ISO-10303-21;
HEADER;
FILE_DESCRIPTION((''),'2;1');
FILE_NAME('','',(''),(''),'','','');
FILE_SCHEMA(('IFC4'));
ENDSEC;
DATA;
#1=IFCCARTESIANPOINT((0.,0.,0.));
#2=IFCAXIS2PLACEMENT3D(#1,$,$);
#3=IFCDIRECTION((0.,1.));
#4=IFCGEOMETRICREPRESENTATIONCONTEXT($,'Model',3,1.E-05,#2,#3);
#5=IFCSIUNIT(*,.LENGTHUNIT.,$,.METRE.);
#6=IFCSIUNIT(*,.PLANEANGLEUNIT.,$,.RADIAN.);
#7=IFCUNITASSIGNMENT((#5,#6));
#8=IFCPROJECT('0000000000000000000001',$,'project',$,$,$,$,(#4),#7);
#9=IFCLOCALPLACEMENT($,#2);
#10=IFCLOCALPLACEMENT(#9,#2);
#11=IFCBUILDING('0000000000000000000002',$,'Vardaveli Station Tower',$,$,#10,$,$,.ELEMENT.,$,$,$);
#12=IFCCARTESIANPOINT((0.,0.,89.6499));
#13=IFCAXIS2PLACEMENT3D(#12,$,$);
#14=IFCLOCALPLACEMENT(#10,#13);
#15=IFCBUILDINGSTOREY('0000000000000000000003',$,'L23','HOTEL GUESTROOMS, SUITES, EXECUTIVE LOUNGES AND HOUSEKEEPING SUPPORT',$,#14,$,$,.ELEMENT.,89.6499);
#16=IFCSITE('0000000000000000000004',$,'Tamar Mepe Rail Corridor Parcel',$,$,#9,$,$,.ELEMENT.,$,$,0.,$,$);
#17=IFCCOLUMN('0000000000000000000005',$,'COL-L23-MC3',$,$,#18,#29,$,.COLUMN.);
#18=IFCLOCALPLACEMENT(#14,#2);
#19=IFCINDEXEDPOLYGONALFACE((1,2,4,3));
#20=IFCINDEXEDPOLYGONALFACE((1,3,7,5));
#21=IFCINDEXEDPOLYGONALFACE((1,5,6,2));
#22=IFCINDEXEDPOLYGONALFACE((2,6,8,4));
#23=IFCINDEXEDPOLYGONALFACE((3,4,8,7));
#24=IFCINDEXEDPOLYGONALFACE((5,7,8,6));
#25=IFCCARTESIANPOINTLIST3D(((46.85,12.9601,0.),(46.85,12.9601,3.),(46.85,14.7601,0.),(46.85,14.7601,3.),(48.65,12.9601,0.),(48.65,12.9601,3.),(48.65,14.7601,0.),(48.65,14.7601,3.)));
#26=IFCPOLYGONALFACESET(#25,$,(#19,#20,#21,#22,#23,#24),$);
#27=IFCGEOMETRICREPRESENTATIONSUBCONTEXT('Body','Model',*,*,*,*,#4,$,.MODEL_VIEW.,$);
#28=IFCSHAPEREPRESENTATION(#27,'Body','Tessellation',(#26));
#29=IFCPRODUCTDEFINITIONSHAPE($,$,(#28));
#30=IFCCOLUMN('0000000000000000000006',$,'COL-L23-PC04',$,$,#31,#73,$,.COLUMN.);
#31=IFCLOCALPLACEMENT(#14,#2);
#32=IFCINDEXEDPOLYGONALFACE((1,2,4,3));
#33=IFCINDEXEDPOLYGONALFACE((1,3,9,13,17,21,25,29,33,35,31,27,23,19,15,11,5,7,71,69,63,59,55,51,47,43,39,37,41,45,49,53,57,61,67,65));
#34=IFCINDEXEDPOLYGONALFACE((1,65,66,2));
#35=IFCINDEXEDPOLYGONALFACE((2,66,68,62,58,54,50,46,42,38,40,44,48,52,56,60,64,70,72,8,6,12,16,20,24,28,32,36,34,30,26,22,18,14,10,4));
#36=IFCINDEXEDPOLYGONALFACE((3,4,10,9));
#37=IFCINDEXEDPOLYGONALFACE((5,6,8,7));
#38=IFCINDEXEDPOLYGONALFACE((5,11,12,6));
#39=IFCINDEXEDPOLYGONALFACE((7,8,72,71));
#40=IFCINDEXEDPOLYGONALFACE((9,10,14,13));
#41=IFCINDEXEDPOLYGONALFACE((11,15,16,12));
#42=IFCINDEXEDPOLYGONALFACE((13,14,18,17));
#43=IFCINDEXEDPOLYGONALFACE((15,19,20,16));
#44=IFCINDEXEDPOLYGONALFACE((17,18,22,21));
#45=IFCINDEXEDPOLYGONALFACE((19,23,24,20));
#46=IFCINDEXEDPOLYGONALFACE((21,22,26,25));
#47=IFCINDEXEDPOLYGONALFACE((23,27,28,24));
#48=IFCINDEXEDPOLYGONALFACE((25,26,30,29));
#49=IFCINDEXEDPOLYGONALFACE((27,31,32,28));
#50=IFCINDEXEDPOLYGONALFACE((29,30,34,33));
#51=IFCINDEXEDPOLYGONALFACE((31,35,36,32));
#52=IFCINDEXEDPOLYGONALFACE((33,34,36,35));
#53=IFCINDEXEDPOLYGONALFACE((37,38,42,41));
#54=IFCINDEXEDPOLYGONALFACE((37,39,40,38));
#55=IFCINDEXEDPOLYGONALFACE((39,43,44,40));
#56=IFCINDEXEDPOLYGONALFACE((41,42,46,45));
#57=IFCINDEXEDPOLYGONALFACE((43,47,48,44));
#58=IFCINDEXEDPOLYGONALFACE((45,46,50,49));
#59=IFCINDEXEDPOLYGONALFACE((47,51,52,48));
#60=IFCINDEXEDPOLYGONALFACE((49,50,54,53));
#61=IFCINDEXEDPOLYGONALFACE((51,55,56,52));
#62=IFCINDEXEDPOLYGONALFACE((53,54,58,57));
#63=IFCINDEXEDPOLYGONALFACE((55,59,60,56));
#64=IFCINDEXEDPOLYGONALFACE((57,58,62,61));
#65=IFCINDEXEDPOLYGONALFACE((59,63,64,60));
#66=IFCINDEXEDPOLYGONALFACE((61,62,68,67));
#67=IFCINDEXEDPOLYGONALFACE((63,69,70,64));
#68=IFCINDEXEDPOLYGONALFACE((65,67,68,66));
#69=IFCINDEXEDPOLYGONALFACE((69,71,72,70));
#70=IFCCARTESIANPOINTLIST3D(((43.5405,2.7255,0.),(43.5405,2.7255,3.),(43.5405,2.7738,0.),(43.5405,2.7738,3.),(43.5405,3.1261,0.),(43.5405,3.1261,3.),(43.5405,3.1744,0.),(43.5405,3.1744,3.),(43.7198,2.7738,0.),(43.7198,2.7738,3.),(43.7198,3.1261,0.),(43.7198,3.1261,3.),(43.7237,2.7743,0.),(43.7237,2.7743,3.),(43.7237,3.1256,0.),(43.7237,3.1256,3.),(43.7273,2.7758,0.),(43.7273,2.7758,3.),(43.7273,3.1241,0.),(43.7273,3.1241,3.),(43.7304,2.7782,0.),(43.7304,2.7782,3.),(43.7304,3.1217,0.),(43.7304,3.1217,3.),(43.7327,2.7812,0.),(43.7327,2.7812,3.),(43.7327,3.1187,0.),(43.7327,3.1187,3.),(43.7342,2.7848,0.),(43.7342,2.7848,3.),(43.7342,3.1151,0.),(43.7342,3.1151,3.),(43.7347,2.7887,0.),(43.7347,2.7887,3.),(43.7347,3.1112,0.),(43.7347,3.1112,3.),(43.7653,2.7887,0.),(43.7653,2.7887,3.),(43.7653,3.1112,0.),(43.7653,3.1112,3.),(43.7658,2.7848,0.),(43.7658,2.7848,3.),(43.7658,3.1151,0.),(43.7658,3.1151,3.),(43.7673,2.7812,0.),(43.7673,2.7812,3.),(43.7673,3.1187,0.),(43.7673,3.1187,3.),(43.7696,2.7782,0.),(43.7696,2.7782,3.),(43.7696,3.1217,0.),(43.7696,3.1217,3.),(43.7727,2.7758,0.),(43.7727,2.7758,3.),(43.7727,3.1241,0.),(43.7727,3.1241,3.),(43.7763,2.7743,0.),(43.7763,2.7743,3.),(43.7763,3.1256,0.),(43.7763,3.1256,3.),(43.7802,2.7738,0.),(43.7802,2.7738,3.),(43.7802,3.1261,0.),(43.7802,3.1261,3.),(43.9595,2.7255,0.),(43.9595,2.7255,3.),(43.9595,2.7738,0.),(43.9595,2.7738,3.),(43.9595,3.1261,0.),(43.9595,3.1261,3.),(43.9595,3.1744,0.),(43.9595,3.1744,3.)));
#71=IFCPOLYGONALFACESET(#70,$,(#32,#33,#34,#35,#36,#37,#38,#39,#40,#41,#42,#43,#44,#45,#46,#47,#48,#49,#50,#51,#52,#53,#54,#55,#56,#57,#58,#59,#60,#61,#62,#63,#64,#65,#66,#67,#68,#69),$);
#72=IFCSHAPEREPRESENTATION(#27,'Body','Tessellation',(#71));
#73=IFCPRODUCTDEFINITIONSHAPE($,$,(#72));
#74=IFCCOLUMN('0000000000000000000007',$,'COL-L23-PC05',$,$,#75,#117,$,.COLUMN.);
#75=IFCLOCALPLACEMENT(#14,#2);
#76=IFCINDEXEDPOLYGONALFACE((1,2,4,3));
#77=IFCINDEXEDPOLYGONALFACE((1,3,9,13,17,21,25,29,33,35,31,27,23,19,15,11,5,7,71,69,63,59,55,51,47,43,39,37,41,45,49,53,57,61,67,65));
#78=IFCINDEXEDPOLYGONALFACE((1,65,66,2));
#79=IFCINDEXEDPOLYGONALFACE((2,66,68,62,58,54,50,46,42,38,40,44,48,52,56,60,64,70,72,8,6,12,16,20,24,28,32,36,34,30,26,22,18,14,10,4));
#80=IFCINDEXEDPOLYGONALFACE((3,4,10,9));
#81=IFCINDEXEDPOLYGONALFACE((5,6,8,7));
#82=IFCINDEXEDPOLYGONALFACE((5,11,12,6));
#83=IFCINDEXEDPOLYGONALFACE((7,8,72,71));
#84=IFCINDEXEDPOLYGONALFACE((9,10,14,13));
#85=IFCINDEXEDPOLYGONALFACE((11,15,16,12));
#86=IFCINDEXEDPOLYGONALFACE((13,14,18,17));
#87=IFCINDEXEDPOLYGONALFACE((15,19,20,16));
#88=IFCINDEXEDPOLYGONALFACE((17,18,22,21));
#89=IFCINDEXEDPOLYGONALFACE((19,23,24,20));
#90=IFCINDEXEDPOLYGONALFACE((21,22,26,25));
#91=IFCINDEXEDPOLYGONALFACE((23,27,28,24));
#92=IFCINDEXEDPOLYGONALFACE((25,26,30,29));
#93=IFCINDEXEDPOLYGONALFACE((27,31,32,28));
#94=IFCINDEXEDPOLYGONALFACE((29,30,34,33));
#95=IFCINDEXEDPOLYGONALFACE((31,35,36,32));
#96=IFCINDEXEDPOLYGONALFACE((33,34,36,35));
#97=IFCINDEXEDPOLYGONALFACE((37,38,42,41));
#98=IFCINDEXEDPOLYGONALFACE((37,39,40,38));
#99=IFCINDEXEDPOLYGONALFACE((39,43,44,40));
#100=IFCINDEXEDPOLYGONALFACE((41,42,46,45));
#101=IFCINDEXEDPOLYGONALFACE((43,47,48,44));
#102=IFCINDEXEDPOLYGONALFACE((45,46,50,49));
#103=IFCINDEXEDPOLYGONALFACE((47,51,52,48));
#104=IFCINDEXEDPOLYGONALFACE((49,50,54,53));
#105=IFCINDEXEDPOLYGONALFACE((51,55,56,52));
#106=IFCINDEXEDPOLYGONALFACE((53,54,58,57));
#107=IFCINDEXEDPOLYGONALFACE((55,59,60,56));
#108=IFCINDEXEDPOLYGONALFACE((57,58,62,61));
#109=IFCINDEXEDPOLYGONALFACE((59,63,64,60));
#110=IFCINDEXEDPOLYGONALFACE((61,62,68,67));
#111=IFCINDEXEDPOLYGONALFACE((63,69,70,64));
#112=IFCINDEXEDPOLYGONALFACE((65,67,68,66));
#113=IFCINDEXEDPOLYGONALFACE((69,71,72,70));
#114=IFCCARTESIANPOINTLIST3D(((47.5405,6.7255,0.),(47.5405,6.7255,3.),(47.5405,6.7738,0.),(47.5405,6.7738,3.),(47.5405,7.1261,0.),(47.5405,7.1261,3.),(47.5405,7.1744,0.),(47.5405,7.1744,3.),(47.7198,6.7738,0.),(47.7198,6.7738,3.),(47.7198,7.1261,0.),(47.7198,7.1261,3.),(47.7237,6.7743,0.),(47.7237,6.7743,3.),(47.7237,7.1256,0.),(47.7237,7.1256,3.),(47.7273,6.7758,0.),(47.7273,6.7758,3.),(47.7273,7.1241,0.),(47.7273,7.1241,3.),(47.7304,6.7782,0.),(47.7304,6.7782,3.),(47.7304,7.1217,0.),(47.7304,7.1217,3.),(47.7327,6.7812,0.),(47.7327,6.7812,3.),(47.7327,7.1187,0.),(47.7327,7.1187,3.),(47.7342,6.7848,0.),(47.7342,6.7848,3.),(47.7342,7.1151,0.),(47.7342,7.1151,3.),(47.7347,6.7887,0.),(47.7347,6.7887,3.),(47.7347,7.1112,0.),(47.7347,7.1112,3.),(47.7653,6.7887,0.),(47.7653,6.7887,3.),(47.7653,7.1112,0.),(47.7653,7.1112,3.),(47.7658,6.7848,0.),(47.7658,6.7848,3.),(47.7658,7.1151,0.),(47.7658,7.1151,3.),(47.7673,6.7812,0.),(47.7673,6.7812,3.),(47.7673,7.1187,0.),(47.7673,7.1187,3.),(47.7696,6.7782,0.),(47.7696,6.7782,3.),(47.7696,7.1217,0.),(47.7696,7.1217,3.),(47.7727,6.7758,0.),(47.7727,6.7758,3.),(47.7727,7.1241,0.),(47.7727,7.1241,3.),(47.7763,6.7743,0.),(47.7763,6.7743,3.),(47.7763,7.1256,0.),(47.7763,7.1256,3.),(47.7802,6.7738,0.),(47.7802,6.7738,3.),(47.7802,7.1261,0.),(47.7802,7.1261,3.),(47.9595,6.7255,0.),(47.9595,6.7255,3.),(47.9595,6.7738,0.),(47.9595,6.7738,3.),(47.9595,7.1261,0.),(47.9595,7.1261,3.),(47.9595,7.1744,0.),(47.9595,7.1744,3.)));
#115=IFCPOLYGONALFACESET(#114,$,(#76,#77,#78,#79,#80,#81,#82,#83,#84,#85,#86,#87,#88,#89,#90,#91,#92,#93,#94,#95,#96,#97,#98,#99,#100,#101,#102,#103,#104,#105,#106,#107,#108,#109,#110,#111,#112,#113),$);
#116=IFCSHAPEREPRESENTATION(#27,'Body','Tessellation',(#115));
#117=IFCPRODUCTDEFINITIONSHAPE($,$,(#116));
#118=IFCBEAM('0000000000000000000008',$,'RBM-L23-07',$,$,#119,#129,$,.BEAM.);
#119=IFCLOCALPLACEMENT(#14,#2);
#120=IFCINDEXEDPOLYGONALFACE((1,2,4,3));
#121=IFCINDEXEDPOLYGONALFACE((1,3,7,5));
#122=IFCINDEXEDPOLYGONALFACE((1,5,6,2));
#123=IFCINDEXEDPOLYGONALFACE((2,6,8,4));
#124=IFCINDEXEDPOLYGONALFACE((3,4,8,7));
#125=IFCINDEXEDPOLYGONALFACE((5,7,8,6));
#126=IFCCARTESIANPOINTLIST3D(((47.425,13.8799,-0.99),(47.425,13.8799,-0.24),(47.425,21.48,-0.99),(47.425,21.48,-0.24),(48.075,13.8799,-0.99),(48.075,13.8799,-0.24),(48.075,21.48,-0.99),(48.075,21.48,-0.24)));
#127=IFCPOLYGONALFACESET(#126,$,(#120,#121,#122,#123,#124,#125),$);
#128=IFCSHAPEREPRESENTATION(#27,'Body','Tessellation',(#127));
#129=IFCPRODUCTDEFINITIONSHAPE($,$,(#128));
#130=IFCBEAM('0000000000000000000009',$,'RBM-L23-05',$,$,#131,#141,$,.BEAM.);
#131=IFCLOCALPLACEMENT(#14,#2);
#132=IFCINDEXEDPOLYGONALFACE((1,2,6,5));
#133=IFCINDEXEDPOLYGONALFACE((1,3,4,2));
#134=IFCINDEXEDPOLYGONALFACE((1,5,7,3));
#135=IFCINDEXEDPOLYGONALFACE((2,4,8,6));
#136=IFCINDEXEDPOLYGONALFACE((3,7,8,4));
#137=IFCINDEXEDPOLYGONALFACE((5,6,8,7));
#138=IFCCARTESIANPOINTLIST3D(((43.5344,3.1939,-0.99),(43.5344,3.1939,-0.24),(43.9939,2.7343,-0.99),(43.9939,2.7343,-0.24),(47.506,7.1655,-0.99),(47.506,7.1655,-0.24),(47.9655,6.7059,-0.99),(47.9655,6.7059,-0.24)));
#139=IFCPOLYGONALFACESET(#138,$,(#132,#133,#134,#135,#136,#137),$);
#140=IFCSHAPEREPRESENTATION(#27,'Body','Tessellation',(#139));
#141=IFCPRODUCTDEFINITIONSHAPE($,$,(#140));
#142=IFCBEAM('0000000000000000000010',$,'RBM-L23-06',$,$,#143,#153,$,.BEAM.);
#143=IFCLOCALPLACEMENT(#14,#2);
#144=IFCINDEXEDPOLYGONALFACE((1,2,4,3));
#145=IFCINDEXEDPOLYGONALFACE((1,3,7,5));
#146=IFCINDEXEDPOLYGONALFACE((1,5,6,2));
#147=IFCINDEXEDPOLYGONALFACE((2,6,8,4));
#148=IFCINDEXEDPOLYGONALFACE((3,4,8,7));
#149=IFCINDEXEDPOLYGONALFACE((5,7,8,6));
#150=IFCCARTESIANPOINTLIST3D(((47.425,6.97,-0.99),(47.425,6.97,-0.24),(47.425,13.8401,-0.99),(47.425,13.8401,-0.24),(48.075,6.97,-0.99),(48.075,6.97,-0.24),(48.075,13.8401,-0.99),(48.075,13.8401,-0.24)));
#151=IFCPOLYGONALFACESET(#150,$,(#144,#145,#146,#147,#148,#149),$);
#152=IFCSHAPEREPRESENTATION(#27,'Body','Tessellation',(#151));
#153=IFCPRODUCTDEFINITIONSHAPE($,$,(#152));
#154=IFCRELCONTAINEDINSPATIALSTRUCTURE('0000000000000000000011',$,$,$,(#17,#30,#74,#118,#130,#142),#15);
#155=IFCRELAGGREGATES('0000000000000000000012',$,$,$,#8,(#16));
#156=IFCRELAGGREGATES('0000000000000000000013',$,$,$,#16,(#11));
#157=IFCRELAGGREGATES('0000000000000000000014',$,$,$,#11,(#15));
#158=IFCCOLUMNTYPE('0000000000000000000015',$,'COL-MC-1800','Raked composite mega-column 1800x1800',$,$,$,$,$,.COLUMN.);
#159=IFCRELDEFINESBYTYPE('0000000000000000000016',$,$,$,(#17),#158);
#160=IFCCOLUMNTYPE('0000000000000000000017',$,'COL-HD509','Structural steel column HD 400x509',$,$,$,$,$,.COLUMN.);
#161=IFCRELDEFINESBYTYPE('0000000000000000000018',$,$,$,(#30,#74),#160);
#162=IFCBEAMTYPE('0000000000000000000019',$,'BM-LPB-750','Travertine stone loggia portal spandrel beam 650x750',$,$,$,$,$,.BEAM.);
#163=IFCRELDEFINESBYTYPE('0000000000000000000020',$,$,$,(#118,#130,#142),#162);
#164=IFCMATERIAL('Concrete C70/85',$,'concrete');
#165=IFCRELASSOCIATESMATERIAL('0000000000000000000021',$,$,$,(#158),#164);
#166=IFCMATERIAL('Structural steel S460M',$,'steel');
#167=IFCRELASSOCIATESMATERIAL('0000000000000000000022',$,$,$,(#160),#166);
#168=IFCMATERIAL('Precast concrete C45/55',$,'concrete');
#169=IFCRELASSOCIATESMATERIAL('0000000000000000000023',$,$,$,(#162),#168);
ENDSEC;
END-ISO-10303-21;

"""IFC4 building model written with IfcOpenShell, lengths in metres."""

from ifc_helpers import new_model, si_unit, direction, frame, origin, origin_2d, place, context, subcontext, project, spatial, rectangle, i_section, extrude, source, transform, mapped, material, material_profile, profile_set, type_object, element, save


model = new_model("IFC4")

# Units and contexts
model_context = context("Model", 3, precision=1e-05, world=origin(), true_north=direction((0.0, 1.0)))
body_context = subcontext(model_context, "Body", "Model", "MODEL_VIEW")
ifc_project = project(units=[si_unit("LENGTHUNIT", "METRE"), si_unit("PLANEANGLEUNIT", "RADIAN")], contexts=[model_context])

# Site, building, storey
site_placement = place(None, origin())
site = spatial("IfcSite", under=ifc_project, at=site_placement, Name="Tamar Mepe Rail Corridor Parcel", CompositionType="ELEMENT", RefElevation=0.0)
building_placement = place(site_placement, origin())
building = spatial("IfcBuilding", under=site, at=building_placement, Name="Vardaveli Station Tower", CompositionType="ELEMENT")
storey_placement = place(building_placement, frame((0.0, 0.0, 89.6499)))
storey = spatial("IfcBuildingStorey", under=building, at=storey_placement, Name="L23", Description="HOTEL GUESTROOMS, SUITES, EXECUTIVE LOUNGES AND HOUSEKEEPING SUPPORT", CompositionType="ELEMENT", Elevation=89.6499)

# Columns
ifc_material_1 = material(Name="Concrete C70/85", Category="concrete")
ifc_material_profile_1 = material_profile(ifc_material_1, rectangle(XDim=1.8, YDim=1.8, at=origin_2d()), Name="MC 1800x1800")
ifc_profile_set_1 = profile_set([ifc_material_profile_1], Name="Concrete C70/85")
column_type_1 = type_object("IfcColumnType", Name="COL-MC-1800", Description="Raked composite mega-column 1800x1800", PredefinedType="COLUMN", material=ifc_profile_set_1)
shared_shape_1 = source(origin(), body_context, "Body", "SweptSolid", [
    extrude(rectangle(XDim=1.8, YDim=1.8, at=origin_2d()), origin(), (0.0, 0.0, 1.0), 3.0),
])
column_placement = place(storey_placement, frame((47.75, 13.8601, 0.0), z_axis=(0.0, 0.0, 1.0), x_axis=(1.0, 0.0, 0.0)))
element("IfcColumn", 1, at=column_placement, inside=storey, type_object=column_type_1, Name="COL-L23-MC3", PredefinedType="COLUMN", context=body_context, shape_type="MappedRepresentation", body=[
    mapped(shared_shape_1, transform((0.0, 0.0, 0.0), scale=1.0)),
])
ifc_material_2 = material(Name="Structural steel S460M", Category="steel")
ifc_material_profile_2 = material_profile(ifc_material_2, i_section(OverallWidth=0.4189, OverallDepth=0.449, WebThickness=0.0305, FlangeThickness=0.0483, FilletRadius=0.0149, at=origin_2d()), Name="HD 400x509")
ifc_profile_set_2 = profile_set([ifc_material_profile_2], Name="Structural steel S460M")
column_type_2 = type_object("IfcColumnType", Name="COL-HD509", Description="Structural steel column HD 400x509", PredefinedType="COLUMN", material=ifc_profile_set_2)
shared_shape_2 = source(origin(), body_context, "Body", "SweptSolid", [
    extrude(i_section(OverallWidth=0.4189, OverallDepth=0.449, WebThickness=0.0305, FlangeThickness=0.0483, FilletRadius=0.0149, at=origin_2d()), origin(), (0.0, 0.0, 1.0), 3.0),
])
for number, where, z_axis, x_axis, name in (
    (2, (43.75, 2.95, 0.0), (0.0, 0.0, 1.0), (1.0, 0.0, 0.0), "COL-L23-PC04"),
    (3, (47.75, 6.95, 0.0), (0.0, 0.0, 1.0), (1.0, 0.0, 0.0), "COL-L23-PC05"),
):
    element("IfcColumn", number, at=place(storey_placement, frame(where, z_axis=z_axis, x_axis=x_axis)), inside=storey, type_object=column_type_2, Name=name, PredefinedType="COLUMN", context=body_context, shape_type="MappedRepresentation", body=[
        mapped(shared_shape_2, transform((0.0, 0.0, 0.0), scale=1.0)),
    ])

# Beams
ifc_material_3 = material(Name="Precast concrete C45/55", Category="concrete")
ifc_material_profile_3 = material_profile(ifc_material_3, rectangle(XDim=0.6499, YDim=0.75, at=origin_2d()), Name="LPB 650x750")
ifc_profile_set_3 = profile_set([ifc_material_profile_3], Name="Precast concrete C45/55")
beam_type_1 = type_object("IfcBeamType", Name="BM-LPB-750", Description="Travertine stone loggia portal spandrel beam 650x750", PredefinedType="BEAM", material=ifc_profile_set_3)
shared_shape_3 = source(origin(), body_context, "Body", "SweptSolid", [
    extrude(rectangle(XDim=0.6499, YDim=0.75, at=origin_2d()), origin(), (0.0, 0.0, 1.0), 7.6001),
])
beam_1_placement = place(storey_placement, frame((47.75, 13.8799, -0.615), z_axis=(0.0, 1.0, 0.0), x_axis=(-1.0, 0.0, 0.0)))
element("IfcBeam", 4, at=beam_1_placement, inside=storey, type_object=beam_type_1, Name="RBM-L23-07", PredefinedType="BEAM", context=body_context, shape_type="MappedRepresentation", body=[
    mapped(shared_shape_3, transform((0.0, 0.0, 0.0), scale=1.0)),
])
shared_shape_4 = source(origin(), body_context, "Body", "SweptSolid", [
    extrude(rectangle(XDim=0.6499, YDim=0.75, at=origin_2d()), origin(), (0.0, 0.0, 1.0), 5.6167),
])
beam_2_placement = place(storey_placement, frame((43.7642, 2.9641, -0.615), z_axis=(0.707107, 0.707107, 0.0), x_axis=(-0.707107, 0.707107, 0.0)))
element("IfcBeam", 5, at=beam_2_placement, inside=storey, type_object=beam_type_1, Name="RBM-L23-05", PredefinedType="BEAM", context=body_context, shape_type="MappedRepresentation", body=[
    mapped(shared_shape_4, transform((0.0, 0.0, 0.0), scale=1.0)),
])
shared_shape_5 = source(origin(), body_context, "Body", "SweptSolid", [
    extrude(rectangle(XDim=0.6499, YDim=0.75, at=origin_2d()), origin(), (0.0, 0.0, 1.0), 6.8701),
])
beam_3_placement = place(storey_placement, frame((47.75, 6.97, -0.615), z_axis=(0.0, 1.0, 0.0), x_axis=(-1.0, 0.0, 0.0)))
element("IfcBeam", 6, at=beam_3_placement, inside=storey, type_object=beam_type_1, Name="RBM-L23-06", PredefinedType="BEAM", context=body_context, shape_type="MappedRepresentation", body=[
    mapped(shared_shape_5, transform((0.0, 0.0, 0.0), scale=1.0)),
])

save(model, "model.ifc")
